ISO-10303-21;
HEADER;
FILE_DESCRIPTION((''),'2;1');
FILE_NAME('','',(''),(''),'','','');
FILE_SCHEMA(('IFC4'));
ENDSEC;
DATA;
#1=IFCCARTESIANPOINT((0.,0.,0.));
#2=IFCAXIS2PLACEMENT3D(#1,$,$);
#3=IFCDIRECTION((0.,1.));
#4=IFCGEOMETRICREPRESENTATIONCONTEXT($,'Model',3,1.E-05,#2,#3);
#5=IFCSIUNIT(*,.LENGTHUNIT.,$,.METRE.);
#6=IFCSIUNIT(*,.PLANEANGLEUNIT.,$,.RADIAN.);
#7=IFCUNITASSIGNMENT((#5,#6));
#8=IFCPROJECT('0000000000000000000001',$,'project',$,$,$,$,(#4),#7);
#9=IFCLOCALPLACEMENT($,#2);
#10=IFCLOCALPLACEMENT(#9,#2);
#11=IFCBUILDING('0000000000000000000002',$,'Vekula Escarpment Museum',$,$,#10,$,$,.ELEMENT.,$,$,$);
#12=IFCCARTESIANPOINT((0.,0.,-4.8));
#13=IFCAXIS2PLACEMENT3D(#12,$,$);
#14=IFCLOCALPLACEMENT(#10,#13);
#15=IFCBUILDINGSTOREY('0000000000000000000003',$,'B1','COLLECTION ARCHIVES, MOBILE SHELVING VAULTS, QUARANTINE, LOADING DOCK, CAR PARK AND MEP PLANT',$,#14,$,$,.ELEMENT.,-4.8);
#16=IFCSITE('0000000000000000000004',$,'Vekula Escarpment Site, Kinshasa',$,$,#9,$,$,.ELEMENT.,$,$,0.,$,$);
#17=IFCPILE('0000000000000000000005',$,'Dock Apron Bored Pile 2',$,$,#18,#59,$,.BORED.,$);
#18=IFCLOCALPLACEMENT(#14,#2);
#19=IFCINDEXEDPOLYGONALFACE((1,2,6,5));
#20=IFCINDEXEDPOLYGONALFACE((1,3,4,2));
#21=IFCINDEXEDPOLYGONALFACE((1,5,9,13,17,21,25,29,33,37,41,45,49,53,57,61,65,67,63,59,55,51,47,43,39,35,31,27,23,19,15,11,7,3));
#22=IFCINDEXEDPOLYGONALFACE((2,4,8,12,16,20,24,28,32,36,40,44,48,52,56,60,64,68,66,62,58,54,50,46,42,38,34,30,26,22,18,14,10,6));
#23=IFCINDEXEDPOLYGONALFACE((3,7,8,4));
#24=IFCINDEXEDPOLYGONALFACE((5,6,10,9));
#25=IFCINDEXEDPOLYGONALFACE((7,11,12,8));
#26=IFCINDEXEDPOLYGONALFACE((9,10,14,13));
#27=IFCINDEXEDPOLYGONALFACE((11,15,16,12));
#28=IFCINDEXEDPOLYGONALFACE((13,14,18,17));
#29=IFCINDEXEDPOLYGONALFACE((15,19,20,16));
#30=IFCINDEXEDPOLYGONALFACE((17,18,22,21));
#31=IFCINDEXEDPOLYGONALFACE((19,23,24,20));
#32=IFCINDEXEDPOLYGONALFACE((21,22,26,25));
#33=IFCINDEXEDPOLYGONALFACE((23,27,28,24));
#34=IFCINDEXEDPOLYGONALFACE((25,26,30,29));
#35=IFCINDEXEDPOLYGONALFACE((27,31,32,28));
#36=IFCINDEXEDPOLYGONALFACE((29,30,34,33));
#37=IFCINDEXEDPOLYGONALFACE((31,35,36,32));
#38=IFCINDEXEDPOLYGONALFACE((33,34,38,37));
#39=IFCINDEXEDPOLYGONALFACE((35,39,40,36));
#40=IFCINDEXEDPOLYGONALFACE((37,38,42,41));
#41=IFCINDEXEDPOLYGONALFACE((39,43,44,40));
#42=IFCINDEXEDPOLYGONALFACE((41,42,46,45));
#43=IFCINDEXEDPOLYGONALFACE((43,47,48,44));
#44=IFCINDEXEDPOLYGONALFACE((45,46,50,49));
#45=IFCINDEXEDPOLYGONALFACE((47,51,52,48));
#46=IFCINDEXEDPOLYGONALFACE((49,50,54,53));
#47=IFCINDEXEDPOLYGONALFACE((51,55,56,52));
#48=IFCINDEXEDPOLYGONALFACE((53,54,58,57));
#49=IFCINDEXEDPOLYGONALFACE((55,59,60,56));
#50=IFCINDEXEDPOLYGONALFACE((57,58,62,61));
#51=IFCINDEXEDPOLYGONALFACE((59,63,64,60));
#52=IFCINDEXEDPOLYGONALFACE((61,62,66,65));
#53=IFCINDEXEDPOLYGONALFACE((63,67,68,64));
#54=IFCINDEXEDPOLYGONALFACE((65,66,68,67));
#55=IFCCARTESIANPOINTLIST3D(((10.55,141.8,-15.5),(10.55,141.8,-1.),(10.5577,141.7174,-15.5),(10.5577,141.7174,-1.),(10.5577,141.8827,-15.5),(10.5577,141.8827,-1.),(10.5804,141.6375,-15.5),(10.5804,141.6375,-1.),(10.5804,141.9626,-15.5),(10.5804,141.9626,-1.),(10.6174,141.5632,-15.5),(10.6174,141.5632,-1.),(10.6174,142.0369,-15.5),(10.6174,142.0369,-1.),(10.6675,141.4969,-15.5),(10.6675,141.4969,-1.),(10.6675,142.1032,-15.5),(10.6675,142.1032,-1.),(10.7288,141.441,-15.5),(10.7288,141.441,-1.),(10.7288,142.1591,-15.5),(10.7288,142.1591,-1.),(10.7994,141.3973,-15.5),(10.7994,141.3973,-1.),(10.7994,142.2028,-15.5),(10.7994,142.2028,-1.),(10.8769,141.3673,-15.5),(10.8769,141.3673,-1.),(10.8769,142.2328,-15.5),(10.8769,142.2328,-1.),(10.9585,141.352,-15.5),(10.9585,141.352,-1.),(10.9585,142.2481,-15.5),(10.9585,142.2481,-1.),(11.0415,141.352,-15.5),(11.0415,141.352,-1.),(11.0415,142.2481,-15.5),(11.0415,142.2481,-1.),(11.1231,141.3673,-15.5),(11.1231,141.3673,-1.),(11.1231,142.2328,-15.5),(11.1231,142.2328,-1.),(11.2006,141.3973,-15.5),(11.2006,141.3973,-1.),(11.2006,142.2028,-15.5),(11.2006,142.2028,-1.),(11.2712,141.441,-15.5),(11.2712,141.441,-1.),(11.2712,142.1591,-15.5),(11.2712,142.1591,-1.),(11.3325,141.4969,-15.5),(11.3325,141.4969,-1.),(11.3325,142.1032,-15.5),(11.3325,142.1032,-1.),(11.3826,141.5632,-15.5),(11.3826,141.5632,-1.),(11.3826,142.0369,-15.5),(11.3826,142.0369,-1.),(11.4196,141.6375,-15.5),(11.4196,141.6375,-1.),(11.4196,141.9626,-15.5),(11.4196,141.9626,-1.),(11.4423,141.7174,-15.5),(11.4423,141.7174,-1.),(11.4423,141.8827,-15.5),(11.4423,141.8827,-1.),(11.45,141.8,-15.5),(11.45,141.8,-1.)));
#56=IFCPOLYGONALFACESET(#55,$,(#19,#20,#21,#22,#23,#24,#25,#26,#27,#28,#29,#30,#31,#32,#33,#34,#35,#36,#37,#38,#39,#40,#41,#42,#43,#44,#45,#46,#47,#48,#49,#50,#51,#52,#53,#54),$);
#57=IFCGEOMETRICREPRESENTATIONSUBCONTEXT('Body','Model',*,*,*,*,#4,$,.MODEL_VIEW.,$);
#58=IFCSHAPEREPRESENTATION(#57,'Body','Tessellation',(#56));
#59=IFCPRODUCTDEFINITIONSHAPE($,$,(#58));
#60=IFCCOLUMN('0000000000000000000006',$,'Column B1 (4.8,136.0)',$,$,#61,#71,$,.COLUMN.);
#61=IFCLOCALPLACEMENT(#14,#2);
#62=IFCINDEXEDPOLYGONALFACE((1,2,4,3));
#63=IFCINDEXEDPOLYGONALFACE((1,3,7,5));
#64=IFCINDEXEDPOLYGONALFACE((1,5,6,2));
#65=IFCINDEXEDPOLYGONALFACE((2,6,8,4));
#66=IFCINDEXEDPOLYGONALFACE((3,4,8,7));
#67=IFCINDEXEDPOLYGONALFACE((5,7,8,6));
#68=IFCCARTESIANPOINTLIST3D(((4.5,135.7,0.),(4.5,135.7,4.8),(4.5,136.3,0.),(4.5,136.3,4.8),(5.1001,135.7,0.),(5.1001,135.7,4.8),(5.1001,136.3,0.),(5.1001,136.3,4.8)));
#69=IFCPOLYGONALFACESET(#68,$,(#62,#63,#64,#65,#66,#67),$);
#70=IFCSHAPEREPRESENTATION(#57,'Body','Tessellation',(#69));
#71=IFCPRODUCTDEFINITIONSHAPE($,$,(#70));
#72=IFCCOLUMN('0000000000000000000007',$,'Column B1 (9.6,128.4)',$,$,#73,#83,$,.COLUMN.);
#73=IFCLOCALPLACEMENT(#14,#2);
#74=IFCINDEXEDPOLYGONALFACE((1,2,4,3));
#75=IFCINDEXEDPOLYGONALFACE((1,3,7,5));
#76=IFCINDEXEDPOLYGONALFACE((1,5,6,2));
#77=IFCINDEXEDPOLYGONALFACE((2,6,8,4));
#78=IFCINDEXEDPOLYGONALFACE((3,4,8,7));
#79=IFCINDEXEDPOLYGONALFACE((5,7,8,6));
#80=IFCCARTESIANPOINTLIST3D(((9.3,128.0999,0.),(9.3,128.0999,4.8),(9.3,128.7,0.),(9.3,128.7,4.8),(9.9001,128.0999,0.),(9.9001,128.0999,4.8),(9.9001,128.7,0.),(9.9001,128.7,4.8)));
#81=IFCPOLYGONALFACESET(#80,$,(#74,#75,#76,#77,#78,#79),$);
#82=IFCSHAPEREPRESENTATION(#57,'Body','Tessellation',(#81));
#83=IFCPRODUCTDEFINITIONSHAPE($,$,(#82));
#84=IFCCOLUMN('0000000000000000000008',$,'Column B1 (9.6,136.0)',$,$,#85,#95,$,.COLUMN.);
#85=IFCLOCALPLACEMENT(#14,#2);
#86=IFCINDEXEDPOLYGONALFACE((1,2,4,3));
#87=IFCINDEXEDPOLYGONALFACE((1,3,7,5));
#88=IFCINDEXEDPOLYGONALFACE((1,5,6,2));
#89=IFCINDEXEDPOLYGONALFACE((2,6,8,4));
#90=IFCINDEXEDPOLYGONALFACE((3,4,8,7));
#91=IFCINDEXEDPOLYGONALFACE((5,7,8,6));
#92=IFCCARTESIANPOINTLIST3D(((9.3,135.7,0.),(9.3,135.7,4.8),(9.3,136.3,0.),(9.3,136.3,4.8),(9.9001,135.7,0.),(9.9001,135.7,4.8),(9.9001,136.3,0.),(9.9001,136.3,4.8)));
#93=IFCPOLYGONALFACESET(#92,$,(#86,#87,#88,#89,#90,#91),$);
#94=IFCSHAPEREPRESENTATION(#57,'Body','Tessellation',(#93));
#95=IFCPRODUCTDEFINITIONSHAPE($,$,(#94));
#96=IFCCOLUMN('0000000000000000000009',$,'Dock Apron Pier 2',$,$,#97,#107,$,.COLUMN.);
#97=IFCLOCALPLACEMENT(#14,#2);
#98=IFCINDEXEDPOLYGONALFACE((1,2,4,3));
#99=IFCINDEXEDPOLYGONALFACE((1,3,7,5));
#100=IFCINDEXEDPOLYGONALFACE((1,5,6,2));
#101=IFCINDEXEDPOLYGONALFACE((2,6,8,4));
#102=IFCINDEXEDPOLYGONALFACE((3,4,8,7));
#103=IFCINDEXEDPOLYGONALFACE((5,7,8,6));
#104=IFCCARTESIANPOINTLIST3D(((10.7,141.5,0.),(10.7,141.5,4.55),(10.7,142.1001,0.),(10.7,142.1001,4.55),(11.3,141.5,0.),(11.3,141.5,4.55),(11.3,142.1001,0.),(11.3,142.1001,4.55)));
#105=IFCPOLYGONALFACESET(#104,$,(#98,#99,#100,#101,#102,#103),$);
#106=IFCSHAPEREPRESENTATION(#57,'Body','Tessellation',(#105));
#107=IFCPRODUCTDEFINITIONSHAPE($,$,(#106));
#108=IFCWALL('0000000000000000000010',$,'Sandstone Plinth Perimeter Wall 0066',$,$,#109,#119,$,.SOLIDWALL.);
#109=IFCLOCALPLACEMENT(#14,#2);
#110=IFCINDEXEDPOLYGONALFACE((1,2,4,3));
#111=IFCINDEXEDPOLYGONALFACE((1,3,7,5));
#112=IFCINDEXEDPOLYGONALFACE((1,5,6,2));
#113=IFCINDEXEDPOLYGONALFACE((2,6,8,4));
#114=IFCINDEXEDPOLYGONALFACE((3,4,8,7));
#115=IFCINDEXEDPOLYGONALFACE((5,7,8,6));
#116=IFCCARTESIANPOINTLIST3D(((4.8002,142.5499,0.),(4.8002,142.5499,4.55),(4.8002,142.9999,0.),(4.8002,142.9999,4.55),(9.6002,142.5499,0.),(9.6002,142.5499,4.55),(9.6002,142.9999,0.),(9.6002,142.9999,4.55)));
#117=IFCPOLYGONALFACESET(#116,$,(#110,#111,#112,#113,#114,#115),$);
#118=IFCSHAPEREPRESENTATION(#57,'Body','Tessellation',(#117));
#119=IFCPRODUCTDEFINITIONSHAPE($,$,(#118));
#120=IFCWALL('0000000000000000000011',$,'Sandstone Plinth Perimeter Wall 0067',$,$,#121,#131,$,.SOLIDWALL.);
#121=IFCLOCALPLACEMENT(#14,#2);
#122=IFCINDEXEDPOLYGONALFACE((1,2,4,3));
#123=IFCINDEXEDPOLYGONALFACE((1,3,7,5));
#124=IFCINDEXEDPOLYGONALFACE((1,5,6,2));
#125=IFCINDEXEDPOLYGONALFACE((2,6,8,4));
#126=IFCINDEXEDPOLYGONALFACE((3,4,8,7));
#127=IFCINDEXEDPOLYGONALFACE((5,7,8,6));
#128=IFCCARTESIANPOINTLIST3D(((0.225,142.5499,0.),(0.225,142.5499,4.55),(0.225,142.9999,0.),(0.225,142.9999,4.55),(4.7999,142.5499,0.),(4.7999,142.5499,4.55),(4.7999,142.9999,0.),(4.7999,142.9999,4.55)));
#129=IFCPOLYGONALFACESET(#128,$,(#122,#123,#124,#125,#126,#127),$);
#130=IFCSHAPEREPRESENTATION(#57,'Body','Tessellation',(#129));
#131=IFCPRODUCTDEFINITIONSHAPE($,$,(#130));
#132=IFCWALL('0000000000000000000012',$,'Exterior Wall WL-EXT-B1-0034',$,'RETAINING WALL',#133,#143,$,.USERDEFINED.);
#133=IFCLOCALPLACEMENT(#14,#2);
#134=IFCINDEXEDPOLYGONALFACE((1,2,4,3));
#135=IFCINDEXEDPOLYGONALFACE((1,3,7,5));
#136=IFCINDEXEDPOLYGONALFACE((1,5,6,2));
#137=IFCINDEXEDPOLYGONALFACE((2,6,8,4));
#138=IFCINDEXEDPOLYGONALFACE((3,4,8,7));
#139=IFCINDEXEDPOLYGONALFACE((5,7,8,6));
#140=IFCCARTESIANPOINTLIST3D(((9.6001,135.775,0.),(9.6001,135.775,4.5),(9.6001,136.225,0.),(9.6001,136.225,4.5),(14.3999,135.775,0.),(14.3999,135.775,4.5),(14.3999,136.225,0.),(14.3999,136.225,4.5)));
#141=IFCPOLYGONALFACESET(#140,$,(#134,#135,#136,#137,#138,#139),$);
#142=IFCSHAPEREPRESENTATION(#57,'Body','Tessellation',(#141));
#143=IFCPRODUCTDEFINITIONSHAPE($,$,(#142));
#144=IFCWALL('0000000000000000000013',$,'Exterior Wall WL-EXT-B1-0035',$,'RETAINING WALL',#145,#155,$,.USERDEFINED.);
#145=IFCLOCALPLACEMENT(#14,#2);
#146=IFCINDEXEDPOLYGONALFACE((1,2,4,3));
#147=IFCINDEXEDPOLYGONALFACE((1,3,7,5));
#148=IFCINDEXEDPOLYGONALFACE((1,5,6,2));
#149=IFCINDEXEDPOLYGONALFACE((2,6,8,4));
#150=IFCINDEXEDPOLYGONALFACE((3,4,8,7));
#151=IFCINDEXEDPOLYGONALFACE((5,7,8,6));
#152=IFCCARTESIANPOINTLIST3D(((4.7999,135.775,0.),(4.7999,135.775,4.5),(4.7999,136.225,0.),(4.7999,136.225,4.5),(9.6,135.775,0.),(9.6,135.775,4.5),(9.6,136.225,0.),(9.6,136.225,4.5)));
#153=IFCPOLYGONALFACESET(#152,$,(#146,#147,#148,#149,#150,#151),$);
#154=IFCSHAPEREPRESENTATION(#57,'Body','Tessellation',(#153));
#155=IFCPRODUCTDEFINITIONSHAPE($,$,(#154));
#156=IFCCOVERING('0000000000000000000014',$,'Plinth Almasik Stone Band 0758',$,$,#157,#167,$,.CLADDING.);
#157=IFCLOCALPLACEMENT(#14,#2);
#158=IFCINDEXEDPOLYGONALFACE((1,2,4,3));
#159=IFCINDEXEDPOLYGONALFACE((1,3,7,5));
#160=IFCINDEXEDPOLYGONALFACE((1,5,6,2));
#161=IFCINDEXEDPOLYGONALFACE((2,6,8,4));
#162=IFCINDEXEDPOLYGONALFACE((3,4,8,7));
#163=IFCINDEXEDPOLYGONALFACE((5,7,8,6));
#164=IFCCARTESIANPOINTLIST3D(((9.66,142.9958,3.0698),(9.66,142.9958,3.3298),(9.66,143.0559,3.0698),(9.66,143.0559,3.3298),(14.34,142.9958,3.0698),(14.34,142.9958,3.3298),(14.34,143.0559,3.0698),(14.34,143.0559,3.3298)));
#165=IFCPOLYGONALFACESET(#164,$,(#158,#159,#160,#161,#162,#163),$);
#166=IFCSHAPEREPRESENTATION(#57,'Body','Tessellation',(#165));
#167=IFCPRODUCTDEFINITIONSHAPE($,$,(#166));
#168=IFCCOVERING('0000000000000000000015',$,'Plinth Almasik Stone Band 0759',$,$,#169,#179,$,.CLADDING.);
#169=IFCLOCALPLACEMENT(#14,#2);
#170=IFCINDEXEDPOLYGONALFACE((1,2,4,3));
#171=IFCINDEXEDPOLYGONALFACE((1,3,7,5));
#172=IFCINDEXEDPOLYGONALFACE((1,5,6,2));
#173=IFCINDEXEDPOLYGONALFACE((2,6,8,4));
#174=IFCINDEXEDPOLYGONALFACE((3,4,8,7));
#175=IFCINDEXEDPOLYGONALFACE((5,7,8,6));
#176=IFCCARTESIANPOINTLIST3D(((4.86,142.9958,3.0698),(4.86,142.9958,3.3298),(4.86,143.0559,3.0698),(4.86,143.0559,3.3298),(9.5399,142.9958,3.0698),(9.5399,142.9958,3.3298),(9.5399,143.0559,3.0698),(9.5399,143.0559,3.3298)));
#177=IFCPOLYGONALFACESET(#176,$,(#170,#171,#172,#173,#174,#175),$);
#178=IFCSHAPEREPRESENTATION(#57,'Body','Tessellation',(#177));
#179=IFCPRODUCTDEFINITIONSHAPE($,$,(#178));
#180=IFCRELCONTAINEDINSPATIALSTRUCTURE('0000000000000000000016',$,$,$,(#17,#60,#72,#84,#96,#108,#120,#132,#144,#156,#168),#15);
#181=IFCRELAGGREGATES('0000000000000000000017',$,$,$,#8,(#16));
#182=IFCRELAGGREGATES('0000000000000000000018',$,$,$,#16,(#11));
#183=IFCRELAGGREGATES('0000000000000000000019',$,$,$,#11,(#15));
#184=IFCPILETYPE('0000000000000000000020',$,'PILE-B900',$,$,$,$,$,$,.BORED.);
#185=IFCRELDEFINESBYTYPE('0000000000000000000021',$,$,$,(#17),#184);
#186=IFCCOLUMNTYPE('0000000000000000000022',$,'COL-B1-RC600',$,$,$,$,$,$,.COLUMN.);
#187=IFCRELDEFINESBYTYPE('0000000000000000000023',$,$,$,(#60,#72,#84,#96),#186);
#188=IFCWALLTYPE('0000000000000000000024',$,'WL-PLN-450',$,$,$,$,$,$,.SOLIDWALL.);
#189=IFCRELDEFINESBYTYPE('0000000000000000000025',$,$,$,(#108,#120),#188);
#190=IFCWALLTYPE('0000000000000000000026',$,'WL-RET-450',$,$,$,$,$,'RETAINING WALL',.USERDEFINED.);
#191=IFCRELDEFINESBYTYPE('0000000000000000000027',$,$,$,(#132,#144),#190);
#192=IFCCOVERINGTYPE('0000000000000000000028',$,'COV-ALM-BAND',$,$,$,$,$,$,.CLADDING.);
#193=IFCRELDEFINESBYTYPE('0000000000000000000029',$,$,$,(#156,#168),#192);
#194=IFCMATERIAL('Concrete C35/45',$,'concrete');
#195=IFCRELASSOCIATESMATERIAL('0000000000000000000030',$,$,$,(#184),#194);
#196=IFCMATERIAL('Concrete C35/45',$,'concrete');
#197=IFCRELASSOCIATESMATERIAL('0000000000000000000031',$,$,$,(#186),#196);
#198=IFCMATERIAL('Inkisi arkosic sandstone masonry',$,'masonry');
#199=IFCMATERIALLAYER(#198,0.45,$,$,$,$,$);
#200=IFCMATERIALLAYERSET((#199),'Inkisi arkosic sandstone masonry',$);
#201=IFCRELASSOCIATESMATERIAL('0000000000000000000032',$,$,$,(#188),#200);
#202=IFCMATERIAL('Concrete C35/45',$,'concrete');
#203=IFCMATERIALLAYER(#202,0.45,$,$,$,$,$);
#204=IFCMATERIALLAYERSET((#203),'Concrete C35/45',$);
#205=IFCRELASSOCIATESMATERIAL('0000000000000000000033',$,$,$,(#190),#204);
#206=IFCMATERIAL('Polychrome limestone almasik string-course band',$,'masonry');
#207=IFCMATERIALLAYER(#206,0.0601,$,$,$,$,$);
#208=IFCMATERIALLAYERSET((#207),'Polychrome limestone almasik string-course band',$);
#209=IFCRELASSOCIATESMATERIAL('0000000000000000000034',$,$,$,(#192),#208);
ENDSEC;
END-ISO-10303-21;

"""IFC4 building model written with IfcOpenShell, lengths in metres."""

from ifc_helpers import new_model, si_unit, direction, frame, frame_2d, origin, origin_2d, place, context, subcontext, project, spatial, rectangle, circle, extrude, material, layer, layer_set, material_profile, profile_set, type_object, element, save


model = new_model("IFC4")

# Units and contexts
model_context = context("Model", 3, precision=1e-05, world=origin(), true_north=direction((0.0, 1.0)))
body_context = subcontext(model_context, "Body", "Model", "MODEL_VIEW")
ifc_project = project(units=[si_unit("LENGTHUNIT", "METRE"), si_unit("PLANEANGLEUNIT", "RADIAN")], contexts=[model_context])

# Site, building, storey
site_placement = place(None, origin())
site = spatial("IfcSite", under=ifc_project, at=site_placement, Name="Vekula Escarpment Site, Kinshasa", CompositionType="ELEMENT", RefElevation=0.0)
building_placement = place(site_placement, origin())
building = spatial("IfcBuilding", under=site, at=building_placement, Name="Vekula Escarpment Museum", CompositionType="ELEMENT")
storey_placement = place(building_placement, frame((0.0, 0.0, -4.8)))
storey = spatial("IfcBuildingStorey", under=building, at=storey_placement, Name="B1", Description="COLLECTION ARCHIVES, MOBILE SHELVING VAULTS, QUARANTINE, LOADING DOCK, CAR PARK AND MEP PLANT", CompositionType="ELEMENT", Elevation=-4.8)

# Pile
ifc_material_1 = material(Name="Concrete C35/45", Category="concrete")
ifc_material_profile_1 = material_profile(ifc_material_1, circle(Radius=0.45, at=origin_2d()), Name="BORED PILE 900")
ifc_profile_set_1 = profile_set([ifc_material_profile_1], Name="Concrete C35/45")
pile_type = type_object("IfcPileType", Name="PILE-B900", PredefinedType="BORED", material=ifc_profile_set_1)
pile_placement = place(storey_placement, frame((11.0, 141.8, -1.0), z_axis=(0.0, 0.0, -1.0), x_axis=(1.0, 0.0, 0.0)))
element("IfcPile", 1, at=pile_placement, inside=storey, type_object=pile_type, Name="Dock Apron Bored Pile 2", PredefinedType="BORED", context=body_context, shape_type="SweptSolid", body=[
    extrude(circle(Radius=0.45, at=origin_2d()), origin(), (0.0, 0.0, 1.0), 14.5),
])

# Columns
ifc_material_2 = material(Name="Concrete C35/45", Category="concrete")
ifc_material_profile_2 = material_profile(ifc_material_2, rectangle(XDim=0.6001, YDim=0.6001, at=origin_2d()), Name="RC 600x600")
ifc_profile_set_2 = profile_set([ifc_material_profile_2], Name="Concrete C35/45")
column_type = type_object("IfcColumnType", Name="COL-B1-RC600", PredefinedType="COLUMN", material=ifc_profile_set_2)
for number, where, z_axis, x_axis, name in (
    (2, (4.8, 136.0, 0.0), (0.0, 0.0, 1.0), (1.0, 0.0, 0.0), "Column B1 (4.8,136.0)"),
    (3, (9.6001, 128.3999, 0.0), (0.0, 0.0, 1.0), (1.0, 0.0, 0.0), "Column B1 (9.6,128.4)"),
    (4, (9.6001, 136.0, 0.0), (0.0, 0.0, 1.0), (1.0, 0.0, 0.0), "Column B1 (9.6,136.0)"),
):
    element("IfcColumn", number, at=place(storey_placement, frame(where, z_axis=z_axis, x_axis=x_axis)), inside=storey, type_object=column_type, Name=name, PredefinedType="COLUMN", context=body_context, shape_type="SweptSolid", body=[
        extrude(rectangle(XDim=0.6001, YDim=0.6001, at=origin_2d()), origin(), (0.0, 0.0, 1.0), 4.8),
    ])
column_placement = place(storey_placement, frame((11.0, 141.8, 0.0), z_axis=(0.0, 0.0, 1.0), x_axis=(1.0, 0.0, 0.0)))
element("IfcColumn", 5, at=column_placement, inside=storey, type_object=column_type, Name="Dock Apron Pier 2", PredefinedType="COLUMN", context=body_context, shape_type="SweptSolid", body=[
    extrude(rectangle(XDim=0.6001, YDim=0.6001, at=origin_2d()), origin(), (0.0, 0.0, 1.0), 4.55),
])

# Walls
ifc_material_3 = material(Name="Inkisi arkosic sandstone masonry", Category="masonry")
ifc_layer_1 = layer(ifc_material_3, 0.45)
ifc_layer_set_1 = layer_set([ifc_layer_1], Name="Inkisi arkosic sandstone masonry")
wall_type_1 = type_object("IfcWallType", Name="WL-PLN-450", PredefinedType="SOLIDWALL", material=ifc_layer_set_1)
wall_1_placement = place(storey_placement, frame((9.6001, 142.7749, 0.0), z_axis=(0.0, 0.0, 1.0), x_axis=(-1.0, 0.0, 0.0)))
element("IfcWall", 6, at=wall_1_placement, inside=storey, type_object=wall_type_1, Name="Sandstone Plinth Perimeter Wall 0066", PredefinedType="SOLIDWALL", context=body_context, shape_type="SweptSolid", body=[
    extrude(rectangle(XDim=4.8, YDim=0.45, at=frame_2d((2.3999, 0.0))), origin(), (0.0, 0.0, 1.0), 4.55),
])
wall_2_placement = place(storey_placement, frame((4.8, 142.7749, 0.0), z_axis=(0.0, 0.0, 1.0), x_axis=(-1.0, 0.0, 0.0)))
element("IfcWall", 7, at=wall_2_placement, inside=storey, type_object=wall_type_1, Name="Sandstone Plinth Perimeter Wall 0067", PredefinedType="SOLIDWALL", context=body_context, shape_type="SweptSolid", body=[
    extrude(rectangle(XDim=4.575, YDim=0.45, at=frame_2d((2.2876, 0.0))), origin(), (0.0, 0.0, 1.0), 4.55),
])
ifc_material_4 = material(Name="Concrete C35/45", Category="concrete")
ifc_layer_2 = layer(ifc_material_4, 0.45)
ifc_layer_set_2 = layer_set([ifc_layer_2], Name="Concrete C35/45")
wall_type_2 = type_object("IfcWallType", Name="WL-RET-450", ElementType="RETAINING WALL", PredefinedType="USERDEFINED", material=ifc_layer_set_2)
wall_3_placement = place(storey_placement, frame((9.6001, 136.0, 0.0), z_axis=(0.0, 0.0, 1.0), x_axis=(1.0, 0.0, 0.0)))
element("IfcWall", 8, at=wall_3_placement, inside=storey, type_object=wall_type_2, Name="Exterior Wall WL-EXT-B1-0034", ObjectType="RETAINING WALL", PredefinedType="USERDEFINED", context=body_context, shape_type="SweptSolid", body=[
    extrude(rectangle(XDim=4.7998, YDim=0.45, at=frame_2d((2.3999, 0.0))), origin(), (0.0, 0.0, 1.0), 4.5),
])
wall_4_placement = place(storey_placement, frame((4.8, 136.0, 0.0), z_axis=(0.0, 0.0, 1.0), x_axis=(1.0, 0.0, 0.0)))
element("IfcWall", 9, at=wall_4_placement, inside=storey, type_object=wall_type_2, Name="Exterior Wall WL-EXT-B1-0035", ObjectType="RETAINING WALL", PredefinedType="USERDEFINED", context=body_context, shape_type="SweptSolid", body=[
    extrude(rectangle(XDim=4.8, YDim=0.45, at=frame_2d((2.3999, 0.0))), origin(), (0.0, 0.0, 1.0), 4.5),
])

# Coverings
ifc_material_5 = material(Name="Polychrome limestone almasik string-course band", Category="masonry")
ifc_layer_3 = layer(ifc_material_5, 0.0601)
ifc_layer_set_3 = layer_set([ifc_layer_3], Name="Polychrome limestone almasik string-course band")
covering_type = type_object("IfcCoveringType", Name="COV-ALM-BAND", PredefinedType="CLADDING", material=ifc_layer_set_3)
for number, where, z_axis, x_axis, name in (
    (10, (12.0, 143.0259, 3.0698), (0.0, 0.0, 1.0), (1.0, 0.0, 0.0), "Plinth Almasik Stone Band 0758"),
    (11, (7.2, 143.0259, 3.0698), (0.0, 0.0, 1.0), (1.0, 0.0, 0.0), "Plinth Almasik Stone Band 0759"),
):
    element("IfcCovering", number, at=place(storey_placement, frame(where, z_axis=z_axis, x_axis=x_axis)), inside=storey, type_object=covering_type, Name=name, PredefinedType="CLADDING", context=body_context, shape_type="SweptSolid", body=[
        extrude(rectangle(XDim=4.6799, YDim=0.0601, at=origin_2d()), origin(), (0.0, 0.0, 1.0), 0.26),
    ])

save(model, "model.ifc")
